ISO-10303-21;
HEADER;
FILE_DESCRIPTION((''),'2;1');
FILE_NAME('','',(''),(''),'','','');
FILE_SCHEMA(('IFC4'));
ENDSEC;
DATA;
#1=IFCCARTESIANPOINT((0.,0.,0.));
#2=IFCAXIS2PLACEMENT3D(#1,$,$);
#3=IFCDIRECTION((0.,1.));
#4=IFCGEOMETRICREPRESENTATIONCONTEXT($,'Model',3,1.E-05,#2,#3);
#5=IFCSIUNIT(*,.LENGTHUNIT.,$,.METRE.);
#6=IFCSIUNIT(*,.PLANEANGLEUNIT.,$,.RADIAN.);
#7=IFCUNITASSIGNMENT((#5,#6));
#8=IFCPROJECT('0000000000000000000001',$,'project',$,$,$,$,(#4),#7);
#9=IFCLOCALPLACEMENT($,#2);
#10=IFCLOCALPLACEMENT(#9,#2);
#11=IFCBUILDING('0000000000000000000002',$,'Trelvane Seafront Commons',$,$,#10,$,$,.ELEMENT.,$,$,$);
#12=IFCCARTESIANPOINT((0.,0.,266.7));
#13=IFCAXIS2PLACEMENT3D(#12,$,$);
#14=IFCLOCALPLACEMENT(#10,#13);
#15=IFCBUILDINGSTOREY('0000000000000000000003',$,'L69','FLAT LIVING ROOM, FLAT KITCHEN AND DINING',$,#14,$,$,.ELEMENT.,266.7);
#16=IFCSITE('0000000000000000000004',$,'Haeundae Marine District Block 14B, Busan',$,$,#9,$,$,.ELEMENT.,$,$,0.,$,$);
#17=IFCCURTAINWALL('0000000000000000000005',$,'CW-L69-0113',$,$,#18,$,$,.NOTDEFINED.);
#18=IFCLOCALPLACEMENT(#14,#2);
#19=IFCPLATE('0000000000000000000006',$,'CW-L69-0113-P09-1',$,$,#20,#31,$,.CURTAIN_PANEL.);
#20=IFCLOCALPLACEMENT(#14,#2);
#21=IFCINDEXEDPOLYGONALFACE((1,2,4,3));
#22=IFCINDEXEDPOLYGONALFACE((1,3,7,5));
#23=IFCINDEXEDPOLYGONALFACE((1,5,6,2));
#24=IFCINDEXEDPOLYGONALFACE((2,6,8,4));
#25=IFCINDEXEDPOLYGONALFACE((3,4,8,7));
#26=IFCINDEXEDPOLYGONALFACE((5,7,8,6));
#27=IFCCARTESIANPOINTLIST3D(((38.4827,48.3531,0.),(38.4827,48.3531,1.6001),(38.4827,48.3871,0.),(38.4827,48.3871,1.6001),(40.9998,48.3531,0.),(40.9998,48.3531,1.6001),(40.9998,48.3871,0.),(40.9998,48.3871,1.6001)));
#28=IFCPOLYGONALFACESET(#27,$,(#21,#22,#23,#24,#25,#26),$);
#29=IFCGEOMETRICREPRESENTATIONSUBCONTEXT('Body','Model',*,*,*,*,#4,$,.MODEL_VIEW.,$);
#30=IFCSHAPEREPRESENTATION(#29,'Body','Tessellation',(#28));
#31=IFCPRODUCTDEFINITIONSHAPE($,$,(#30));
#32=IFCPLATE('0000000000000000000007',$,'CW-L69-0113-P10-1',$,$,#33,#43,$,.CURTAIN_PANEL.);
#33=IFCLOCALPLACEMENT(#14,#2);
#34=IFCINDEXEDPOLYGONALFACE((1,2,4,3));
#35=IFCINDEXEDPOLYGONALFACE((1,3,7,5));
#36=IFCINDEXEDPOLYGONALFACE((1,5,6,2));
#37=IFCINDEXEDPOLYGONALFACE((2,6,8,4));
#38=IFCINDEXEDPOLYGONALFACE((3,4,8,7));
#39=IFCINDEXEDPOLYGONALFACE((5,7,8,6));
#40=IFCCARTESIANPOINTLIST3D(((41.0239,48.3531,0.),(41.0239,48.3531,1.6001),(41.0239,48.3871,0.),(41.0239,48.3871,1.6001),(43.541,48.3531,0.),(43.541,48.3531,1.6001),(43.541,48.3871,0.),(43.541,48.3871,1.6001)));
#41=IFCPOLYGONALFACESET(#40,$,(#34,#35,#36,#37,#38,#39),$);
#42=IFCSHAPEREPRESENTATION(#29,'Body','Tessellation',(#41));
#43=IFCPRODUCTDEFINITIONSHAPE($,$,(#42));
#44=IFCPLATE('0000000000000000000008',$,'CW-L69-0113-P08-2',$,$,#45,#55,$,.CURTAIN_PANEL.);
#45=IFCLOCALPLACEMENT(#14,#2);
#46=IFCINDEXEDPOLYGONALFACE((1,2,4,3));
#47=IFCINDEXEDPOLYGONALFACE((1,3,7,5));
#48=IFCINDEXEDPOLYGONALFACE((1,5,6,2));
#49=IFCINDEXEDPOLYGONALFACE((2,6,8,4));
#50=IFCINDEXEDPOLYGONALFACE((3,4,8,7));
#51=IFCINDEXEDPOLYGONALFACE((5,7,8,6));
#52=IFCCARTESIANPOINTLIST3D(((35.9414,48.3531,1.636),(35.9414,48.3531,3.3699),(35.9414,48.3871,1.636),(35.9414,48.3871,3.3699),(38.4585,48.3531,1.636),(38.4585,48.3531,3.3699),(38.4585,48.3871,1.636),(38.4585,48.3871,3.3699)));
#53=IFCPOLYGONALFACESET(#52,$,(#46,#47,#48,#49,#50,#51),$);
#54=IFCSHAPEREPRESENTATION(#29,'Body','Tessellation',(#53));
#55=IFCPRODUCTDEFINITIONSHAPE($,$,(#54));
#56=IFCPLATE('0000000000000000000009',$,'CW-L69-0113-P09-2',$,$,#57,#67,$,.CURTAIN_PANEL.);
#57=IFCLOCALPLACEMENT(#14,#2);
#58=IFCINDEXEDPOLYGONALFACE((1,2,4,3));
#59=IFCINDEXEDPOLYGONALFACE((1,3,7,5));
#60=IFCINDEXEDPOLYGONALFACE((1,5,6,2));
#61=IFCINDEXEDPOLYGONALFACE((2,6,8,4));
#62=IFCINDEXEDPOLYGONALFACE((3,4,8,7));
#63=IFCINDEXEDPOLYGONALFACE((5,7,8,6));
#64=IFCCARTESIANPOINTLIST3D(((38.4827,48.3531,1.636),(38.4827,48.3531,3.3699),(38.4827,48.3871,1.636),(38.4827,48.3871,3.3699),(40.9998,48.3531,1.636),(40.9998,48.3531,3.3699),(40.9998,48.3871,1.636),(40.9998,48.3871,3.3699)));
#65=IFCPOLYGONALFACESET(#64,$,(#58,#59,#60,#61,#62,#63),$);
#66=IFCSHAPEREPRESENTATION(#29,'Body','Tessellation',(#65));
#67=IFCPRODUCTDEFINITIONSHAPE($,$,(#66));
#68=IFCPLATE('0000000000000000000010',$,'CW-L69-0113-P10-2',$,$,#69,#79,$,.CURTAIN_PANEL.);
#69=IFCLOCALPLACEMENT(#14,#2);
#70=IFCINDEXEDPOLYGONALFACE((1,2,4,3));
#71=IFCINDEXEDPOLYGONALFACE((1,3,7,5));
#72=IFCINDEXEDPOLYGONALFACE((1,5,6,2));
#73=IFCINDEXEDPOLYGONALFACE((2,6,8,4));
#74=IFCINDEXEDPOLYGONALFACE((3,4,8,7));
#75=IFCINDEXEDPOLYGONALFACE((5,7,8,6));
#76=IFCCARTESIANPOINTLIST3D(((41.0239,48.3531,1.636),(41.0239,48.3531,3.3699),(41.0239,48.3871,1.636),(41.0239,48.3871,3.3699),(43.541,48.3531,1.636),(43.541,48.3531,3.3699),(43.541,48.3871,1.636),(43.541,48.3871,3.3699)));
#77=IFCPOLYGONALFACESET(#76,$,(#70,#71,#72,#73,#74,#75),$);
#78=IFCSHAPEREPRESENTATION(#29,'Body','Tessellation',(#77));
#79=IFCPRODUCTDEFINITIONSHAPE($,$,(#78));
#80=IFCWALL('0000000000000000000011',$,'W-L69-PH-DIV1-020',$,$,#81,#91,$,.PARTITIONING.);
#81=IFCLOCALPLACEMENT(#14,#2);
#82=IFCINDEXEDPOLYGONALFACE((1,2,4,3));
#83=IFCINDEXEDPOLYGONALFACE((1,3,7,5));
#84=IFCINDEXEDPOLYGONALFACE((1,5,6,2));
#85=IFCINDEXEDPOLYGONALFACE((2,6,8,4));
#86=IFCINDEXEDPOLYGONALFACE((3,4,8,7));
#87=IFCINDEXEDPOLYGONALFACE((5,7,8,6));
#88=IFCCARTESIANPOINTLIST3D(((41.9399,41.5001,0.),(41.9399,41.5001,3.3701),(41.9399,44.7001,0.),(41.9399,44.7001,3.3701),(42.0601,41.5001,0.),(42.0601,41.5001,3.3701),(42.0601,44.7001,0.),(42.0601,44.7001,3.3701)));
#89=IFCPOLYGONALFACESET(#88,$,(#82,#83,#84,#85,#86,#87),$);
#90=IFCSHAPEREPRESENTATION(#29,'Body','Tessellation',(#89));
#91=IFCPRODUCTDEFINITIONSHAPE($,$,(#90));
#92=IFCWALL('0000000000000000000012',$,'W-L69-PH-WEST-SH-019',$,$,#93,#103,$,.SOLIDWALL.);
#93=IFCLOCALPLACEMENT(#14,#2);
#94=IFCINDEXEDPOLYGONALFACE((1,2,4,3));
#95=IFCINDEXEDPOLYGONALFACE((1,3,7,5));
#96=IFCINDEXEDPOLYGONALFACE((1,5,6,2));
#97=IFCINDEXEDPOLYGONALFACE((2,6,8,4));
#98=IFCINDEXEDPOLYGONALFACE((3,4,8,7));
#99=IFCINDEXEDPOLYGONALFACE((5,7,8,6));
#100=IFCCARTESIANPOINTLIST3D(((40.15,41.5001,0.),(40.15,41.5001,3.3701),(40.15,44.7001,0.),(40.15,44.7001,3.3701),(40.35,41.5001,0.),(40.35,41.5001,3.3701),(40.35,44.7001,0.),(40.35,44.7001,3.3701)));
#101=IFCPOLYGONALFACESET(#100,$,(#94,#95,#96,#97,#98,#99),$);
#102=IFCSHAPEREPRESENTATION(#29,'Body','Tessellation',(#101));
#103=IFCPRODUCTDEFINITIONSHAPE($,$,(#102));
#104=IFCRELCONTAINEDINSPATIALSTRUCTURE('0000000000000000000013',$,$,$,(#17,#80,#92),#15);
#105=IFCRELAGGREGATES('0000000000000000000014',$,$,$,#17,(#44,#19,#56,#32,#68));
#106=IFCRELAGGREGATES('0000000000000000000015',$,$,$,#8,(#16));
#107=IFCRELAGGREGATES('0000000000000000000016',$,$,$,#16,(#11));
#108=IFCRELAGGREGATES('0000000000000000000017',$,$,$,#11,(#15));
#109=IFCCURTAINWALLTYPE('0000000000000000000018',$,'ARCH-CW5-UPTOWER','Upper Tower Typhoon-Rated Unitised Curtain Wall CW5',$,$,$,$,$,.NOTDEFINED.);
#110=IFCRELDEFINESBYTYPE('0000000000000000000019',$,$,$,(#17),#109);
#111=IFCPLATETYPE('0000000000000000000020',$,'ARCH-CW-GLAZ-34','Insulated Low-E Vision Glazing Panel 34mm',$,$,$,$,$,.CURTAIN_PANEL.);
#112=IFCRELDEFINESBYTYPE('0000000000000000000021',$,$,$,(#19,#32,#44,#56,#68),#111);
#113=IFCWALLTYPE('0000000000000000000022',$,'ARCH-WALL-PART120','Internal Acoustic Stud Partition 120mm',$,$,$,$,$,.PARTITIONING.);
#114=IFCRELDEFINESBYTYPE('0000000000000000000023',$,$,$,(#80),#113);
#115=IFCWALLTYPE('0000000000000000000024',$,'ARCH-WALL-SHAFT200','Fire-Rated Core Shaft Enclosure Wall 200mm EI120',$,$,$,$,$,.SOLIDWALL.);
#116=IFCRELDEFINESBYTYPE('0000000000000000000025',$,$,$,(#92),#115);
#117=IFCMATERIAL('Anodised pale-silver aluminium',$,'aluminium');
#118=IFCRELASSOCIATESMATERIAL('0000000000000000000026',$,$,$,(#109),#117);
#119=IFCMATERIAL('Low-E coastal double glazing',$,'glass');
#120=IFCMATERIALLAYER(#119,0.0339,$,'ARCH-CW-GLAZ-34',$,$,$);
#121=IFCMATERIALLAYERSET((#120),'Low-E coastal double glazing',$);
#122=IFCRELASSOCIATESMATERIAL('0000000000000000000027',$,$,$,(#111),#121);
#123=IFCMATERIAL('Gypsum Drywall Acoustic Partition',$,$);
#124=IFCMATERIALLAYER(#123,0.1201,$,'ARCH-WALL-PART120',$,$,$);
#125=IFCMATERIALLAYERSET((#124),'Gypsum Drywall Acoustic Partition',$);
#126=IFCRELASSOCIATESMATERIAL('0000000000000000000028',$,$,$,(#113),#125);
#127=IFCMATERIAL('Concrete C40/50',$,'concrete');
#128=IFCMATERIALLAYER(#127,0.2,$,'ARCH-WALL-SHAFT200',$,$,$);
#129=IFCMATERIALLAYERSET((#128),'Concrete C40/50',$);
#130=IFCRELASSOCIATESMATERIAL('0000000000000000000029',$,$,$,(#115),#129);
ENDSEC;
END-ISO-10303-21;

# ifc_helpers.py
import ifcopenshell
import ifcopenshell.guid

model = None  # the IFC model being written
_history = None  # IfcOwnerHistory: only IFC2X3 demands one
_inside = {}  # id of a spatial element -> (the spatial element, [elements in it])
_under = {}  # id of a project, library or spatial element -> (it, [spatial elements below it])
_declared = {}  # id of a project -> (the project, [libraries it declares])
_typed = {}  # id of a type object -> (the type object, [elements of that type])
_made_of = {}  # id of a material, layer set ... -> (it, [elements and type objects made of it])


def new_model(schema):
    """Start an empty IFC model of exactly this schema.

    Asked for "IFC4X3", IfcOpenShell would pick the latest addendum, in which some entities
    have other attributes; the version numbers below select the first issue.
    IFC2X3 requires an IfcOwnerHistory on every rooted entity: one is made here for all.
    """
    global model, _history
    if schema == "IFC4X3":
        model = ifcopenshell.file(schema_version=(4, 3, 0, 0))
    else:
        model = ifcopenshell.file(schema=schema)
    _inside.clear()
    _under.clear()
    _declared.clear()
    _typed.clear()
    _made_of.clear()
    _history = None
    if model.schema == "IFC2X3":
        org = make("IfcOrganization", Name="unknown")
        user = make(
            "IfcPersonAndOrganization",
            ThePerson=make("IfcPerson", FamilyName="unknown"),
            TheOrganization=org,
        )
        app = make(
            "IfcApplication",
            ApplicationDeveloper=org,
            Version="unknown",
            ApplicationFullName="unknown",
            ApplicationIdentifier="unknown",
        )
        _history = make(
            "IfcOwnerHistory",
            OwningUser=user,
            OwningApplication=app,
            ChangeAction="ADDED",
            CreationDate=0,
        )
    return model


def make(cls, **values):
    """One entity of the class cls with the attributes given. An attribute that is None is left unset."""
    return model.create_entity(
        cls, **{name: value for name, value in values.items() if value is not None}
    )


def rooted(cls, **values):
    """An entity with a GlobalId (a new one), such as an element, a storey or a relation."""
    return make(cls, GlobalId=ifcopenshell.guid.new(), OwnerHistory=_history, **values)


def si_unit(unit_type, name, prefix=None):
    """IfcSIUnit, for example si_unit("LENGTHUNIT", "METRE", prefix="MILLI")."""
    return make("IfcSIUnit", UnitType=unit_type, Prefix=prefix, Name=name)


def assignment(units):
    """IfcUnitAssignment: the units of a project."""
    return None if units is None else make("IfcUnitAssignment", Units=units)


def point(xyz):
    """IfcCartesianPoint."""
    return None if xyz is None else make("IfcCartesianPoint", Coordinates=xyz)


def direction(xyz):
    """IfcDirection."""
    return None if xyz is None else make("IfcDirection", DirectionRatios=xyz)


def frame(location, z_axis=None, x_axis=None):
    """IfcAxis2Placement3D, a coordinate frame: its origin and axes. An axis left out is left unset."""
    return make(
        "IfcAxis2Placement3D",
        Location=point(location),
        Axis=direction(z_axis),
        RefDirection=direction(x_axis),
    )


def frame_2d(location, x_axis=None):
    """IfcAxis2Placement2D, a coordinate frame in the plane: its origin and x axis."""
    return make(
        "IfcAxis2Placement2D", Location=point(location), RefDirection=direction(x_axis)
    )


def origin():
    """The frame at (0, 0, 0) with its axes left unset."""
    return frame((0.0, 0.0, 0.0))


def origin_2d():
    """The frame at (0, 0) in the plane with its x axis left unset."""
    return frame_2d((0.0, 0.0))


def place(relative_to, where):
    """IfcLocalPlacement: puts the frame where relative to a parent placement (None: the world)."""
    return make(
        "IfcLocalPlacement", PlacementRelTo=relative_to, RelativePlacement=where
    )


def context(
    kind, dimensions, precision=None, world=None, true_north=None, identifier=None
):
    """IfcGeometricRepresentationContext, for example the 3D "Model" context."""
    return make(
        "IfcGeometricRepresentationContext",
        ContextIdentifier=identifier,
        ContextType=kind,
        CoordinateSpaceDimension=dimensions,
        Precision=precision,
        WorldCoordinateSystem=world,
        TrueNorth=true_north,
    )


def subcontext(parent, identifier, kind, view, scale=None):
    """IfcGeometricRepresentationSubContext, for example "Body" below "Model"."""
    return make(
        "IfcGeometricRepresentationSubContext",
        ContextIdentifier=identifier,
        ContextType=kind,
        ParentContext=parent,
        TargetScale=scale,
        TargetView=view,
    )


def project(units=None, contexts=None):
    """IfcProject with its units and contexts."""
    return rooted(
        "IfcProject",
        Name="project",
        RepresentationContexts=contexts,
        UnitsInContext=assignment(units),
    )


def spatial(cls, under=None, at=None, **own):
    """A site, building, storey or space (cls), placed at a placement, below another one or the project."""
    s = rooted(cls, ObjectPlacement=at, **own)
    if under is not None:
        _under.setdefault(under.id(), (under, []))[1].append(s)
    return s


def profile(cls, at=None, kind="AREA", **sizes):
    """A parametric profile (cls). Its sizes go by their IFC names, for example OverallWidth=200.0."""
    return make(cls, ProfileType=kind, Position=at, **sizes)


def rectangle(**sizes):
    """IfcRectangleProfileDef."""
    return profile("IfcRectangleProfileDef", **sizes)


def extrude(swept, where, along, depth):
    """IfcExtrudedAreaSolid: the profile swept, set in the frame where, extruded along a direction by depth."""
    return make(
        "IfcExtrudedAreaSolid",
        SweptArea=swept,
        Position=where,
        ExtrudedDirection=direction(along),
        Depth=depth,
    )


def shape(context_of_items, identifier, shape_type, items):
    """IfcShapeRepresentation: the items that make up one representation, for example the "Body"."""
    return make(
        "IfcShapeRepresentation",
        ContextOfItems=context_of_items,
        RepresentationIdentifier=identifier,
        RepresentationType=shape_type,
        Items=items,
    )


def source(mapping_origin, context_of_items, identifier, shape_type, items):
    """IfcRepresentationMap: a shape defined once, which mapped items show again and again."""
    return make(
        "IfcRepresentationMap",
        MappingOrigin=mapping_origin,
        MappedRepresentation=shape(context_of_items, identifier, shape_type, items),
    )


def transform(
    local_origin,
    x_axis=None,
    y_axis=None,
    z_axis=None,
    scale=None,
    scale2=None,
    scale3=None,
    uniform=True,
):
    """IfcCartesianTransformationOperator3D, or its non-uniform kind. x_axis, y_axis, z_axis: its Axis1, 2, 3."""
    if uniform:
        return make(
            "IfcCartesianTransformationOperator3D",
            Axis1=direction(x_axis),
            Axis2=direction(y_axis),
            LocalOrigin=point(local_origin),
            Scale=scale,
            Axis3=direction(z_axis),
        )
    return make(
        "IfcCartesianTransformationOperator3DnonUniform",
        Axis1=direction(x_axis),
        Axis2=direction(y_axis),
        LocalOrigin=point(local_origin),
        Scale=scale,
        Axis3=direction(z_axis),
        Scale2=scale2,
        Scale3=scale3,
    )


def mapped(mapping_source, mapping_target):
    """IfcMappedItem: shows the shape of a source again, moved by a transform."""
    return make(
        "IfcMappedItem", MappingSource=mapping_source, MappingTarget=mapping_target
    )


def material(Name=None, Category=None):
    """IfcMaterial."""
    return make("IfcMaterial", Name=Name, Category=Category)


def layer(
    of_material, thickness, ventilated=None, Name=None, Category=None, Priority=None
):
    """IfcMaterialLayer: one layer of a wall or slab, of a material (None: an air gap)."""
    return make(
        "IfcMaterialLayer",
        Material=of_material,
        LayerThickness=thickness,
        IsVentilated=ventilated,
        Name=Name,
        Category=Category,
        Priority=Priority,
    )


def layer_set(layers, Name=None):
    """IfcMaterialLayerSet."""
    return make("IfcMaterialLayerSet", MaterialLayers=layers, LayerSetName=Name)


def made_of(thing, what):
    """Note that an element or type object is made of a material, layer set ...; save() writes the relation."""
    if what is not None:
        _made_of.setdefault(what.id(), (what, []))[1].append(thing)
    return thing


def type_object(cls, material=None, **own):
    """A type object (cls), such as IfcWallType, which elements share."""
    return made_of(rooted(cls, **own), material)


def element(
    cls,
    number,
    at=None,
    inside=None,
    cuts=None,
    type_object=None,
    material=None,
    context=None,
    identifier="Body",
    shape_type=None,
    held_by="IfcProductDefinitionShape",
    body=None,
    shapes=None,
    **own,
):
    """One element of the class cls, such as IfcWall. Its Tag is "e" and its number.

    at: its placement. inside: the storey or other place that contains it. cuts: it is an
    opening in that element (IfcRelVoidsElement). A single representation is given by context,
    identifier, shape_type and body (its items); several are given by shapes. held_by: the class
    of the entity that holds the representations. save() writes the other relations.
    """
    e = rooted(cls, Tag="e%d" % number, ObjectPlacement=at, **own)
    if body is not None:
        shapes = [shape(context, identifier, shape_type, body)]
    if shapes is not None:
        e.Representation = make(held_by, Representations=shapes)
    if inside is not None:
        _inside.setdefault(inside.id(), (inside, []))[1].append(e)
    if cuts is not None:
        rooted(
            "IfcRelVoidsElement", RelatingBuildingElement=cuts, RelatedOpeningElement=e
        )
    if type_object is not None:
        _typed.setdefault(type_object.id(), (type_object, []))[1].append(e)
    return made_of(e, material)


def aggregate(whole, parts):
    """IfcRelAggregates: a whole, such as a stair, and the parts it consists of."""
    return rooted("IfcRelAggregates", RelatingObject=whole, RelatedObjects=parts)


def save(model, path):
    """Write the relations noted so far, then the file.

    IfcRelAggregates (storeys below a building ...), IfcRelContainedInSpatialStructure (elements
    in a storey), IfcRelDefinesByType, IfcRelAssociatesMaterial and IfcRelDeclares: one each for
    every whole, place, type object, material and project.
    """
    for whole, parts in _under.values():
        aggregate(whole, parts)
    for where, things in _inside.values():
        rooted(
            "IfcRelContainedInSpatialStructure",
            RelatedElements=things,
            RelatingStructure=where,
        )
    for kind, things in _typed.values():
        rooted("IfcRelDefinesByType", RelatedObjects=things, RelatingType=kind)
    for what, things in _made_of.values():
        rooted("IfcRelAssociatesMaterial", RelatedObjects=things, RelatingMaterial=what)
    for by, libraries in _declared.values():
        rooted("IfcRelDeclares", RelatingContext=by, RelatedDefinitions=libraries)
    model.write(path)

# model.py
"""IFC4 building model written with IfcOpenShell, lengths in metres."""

from ifc_helpers import new_model, si_unit, direction, frame, frame_2d, origin, origin_2d, place, context, subcontext, project, spatial, rectangle, extrude, source, transform, mapped, material, layer, layer_set, type_object, element, aggregate, save


model = new_model("IFC4")

# Units and contexts
model_context = context("Model", 3, precision=1e-05, world=origin(), true_north=direction((0.0, 1.0)))
body_context = subcontext(model_context, "Body", "Model", "MODEL_VIEW")
ifc_project = project(units=[si_unit("LENGTHUNIT", "METRE"), si_unit("PLANEANGLEUNIT", "RADIAN")], contexts=[model_context])

# Site, building, storey
site_placement = place(None, origin())
site = spatial("IfcSite", under=ifc_project, at=site_placement, Name="Haeundae Marine District Block 14B, Busan", CompositionType="ELEMENT", RefElevation=0.0)
building_placement = place(site_placement, origin())
building = spatial("IfcBuilding", under=site, at=building_placement, Name="Trelvane Seafront Commons", CompositionType="ELEMENT")
storey_placement = place(building_placement, frame((0.0, 0.0, 266.7)))
storey = spatial("IfcBuildingStorey", under=building, at=storey_placement, Name="L69", Description="FLAT LIVING ROOM, FLAT KITCHEN AND DINING", CompositionType="ELEMENT", Elevation=266.7)

# Curtain wall
ifc_material_1 = material(Name="Anodised pale-silver aluminium", Category="aluminium")
curtain_wall_type = type_object("IfcCurtainWallType", Name="ARCH-CW5-UPTOWER", Description="Upper Tower Typhoon-Rated Unitised Curtain Wall CW5", PredefinedType="NOTDEFINED", material=ifc_material_1)
curtain_wall_placement = place(storey_placement, origin())
curtain_wall = element("IfcCurtainWall", 1, at=curtain_wall_placement, inside=storey, type_object=curtain_wall_type, Name="CW-L69-0113", PredefinedType="NOTDEFINED")

# Plates
ifc_material_2 = material(Name="Low-E coastal double glazing", Category="glass")
ifc_layer_1 = layer(ifc_material_2, 0.0339, Name="ARCH-CW-GLAZ-34")
ifc_layer_set_1 = layer_set([ifc_layer_1], Name="Low-E coastal double glazing")
plate_type_1 = type_object("IfcPlateType", Name="ARCH-CW-GLAZ-34", Description="Insulated Low-E Vision Glazing Panel 34mm", PredefinedType="CURTAIN_PANEL", material=ifc_layer_set_1)
shared_shape_1 = source(origin(), body_context, "Body", "SweptSolid", [
    extrude(rectangle(XDim=2.5171, YDim=0.0339, at=origin_2d()), origin(), (0.0, 0.0, 1.0), 1.6001),
])
plate_1_placement = place(storey_placement, frame((39.7412, 48.3701, 0.0), z_axis=(0.0, 0.0, 1.0), x_axis=(1.0, 0.0, 0.0)))
plate_1 = element("IfcPlate", 2, at=plate_1_placement, type_object=plate_type_1, Name="CW-L69-0113-P09-1", PredefinedType="CURTAIN_PANEL", context=body_context, shape_type="MappedRepresentation", body=[
    mapped(shared_shape_1, transform((0.0, 0.0, 0.0), x_axis=(1.0, 0.0, 0.0), y_axis=(0.0, 1.0, 0.0), z_axis=(0.0, 0.0, 1.0), scale=1.0)),
])
plate_2_placement = place(storey_placement, frame((42.2825, 48.3701, 0.0), z_axis=(0.0, 0.0, 1.0), x_axis=(1.0, 0.0, 0.0)))
plate_2 = element("IfcPlate", 3, at=plate_2_placement, type_object=plate_type_1, Name="CW-L69-0113-P10-1", PredefinedType="CURTAIN_PANEL", context=body_context, shape_type="MappedRepresentation", body=[
    mapped(shared_shape_1, transform((0.0, 0.0, 0.0), x_axis=(1.0, 0.0, 0.0), y_axis=(0.0, 1.0, 0.0), z_axis=(0.0, 0.0, 1.0), scale=1.0)),
])
shared_shape_2 = source(origin(), body_context, "Body", "SweptSolid", [
    extrude(rectangle(XDim=2.5171, YDim=0.0339, at=origin_2d()), origin(), (0.0, 0.0, 1.0), 1.7339),
])
plate_3_placement = place(storey_placement, frame((37.2, 48.3701, 1.636), z_axis=(0.0, 0.0, 1.0), x_axis=(1.0, 0.0, 0.0)))
plate_3 = element("IfcPlate", 4, at=plate_3_placement, type_object=plate_type_1, Name="CW-L69-0113-P08-2", PredefinedType="CURTAIN_PANEL", context=body_context, shape_type="MappedRepresentation", body=[
    mapped(shared_shape_2, transform((0.0, 0.0, 0.0), x_axis=(1.0, 0.0, 0.0), y_axis=(0.0, 1.0, 0.0), z_axis=(0.0, 0.0, 1.0), scale=1.0)),
])
plate_4_placement = place(storey_placement, frame((39.7412, 48.3701, 1.636), z_axis=(0.0, 0.0, 1.0), x_axis=(1.0, 0.0, 0.0)))
plate_4 = element("IfcPlate", 5, at=plate_4_placement, type_object=plate_type_1, Name="CW-L69-0113-P09-2", PredefinedType="CURTAIN_PANEL", context=body_context, shape_type="MappedRepresentation", body=[
    mapped(shared_shape_2, transform((0.0, 0.0, 0.0), x_axis=(1.0, 0.0, 0.0), y_axis=(0.0, 1.0, 0.0), z_axis=(0.0, 0.0, 1.0), scale=1.0)),
])
plate_5_placement = place(storey_placement, frame((42.2825, 48.3701, 1.636), z_axis=(0.0, 0.0, 1.0), x_axis=(1.0, 0.0, 0.0)))
plate_5 = element("IfcPlate", 6, at=plate_5_placement, type_object=plate_type_1, Name="CW-L69-0113-P10-2", PredefinedType="CURTAIN_PANEL", context=body_context, shape_type="MappedRepresentation", body=[
    mapped(shared_shape_2, transform((0.0, 0.0, 0.0), x_axis=(1.0, 0.0, 0.0), y_axis=(0.0, 1.0, 0.0), z_axis=(0.0, 0.0, 1.0), scale=1.0)),
])
aggregate(curtain_wall, [plate_3, plate_1, plate_4, plate_2, plate_5])

# Wall
ifc_material_3 = material(Name="Gypsum Drywall Acoustic Partition")
ifc_layer_2 = layer(ifc_material_3, 0.1201, Name="ARCH-WALL-PART120")
ifc_layer_set_2 = layer_set([ifc_layer_2], Name="Gypsum Drywall Acoustic Partition")
wall_type_1 = type_object("IfcWallType", Name="ARCH-WALL-PART120", Description="Internal Acoustic Stud Partition 120mm", PredefinedType="PARTITIONING", material=ifc_layer_set_2)
wall_1_placement = place(storey_placement, frame((42.0, 41.5, 0.0), z_axis=(0.0, 0.0, 1.0), x_axis=(0.0, 1.0, 0.0)))
element("IfcWall", 7, at=wall_1_placement, inside=storey, type_object=wall_type_1, Name="W-L69-PH-DIV1-020", PredefinedType="PARTITIONING", context=body_context, shape_type="SweptSolid", body=[
    extrude(rectangle(XDim=3.2, YDim=0.1201, at=frame_2d((1.6001, 0.0))), origin(), (0.0, 0.0, 1.0), 3.3701),
])

# Shared definitions
ifc_material_4 = material(Name="Concrete C40/50", Category="concrete")
ifc_layer_3 = layer(ifc_material_4, 0.2, Name="ARCH-WALL-SHAFT200")
ifc_layer_set_3 = layer_set([ifc_layer_3], Name="Concrete C40/50")
wall_type_2 = type_object("IfcWallType", Name="ARCH-WALL-SHAFT200", Description="Fire-Rated Core Shaft Enclosure Wall 200mm EI120", PredefinedType="SOLIDWALL", material=ifc_layer_set_3)

# Wall
wall_2_placement = place(storey_placement, frame((40.25, 41.5, 0.0), z_axis=(0.0, 0.0, 1.0), x_axis=(0.0, 1.0, 0.0)))
element("IfcWall", 8, at=wall_2_placement, inside=storey, type_object=wall_type_2, Name="W-L69-PH-WEST-SH-019", PredefinedType="SOLIDWALL", context=body_context, shape_type="SweptSolid", body=[
    extrude(rectangle(XDim=3.2, YDim=0.2, at=frame_2d((1.6001, 0.0))), origin(), (0.0, 0.0, 1.0), 3.3701),
])

save(model, "model.ifc")
